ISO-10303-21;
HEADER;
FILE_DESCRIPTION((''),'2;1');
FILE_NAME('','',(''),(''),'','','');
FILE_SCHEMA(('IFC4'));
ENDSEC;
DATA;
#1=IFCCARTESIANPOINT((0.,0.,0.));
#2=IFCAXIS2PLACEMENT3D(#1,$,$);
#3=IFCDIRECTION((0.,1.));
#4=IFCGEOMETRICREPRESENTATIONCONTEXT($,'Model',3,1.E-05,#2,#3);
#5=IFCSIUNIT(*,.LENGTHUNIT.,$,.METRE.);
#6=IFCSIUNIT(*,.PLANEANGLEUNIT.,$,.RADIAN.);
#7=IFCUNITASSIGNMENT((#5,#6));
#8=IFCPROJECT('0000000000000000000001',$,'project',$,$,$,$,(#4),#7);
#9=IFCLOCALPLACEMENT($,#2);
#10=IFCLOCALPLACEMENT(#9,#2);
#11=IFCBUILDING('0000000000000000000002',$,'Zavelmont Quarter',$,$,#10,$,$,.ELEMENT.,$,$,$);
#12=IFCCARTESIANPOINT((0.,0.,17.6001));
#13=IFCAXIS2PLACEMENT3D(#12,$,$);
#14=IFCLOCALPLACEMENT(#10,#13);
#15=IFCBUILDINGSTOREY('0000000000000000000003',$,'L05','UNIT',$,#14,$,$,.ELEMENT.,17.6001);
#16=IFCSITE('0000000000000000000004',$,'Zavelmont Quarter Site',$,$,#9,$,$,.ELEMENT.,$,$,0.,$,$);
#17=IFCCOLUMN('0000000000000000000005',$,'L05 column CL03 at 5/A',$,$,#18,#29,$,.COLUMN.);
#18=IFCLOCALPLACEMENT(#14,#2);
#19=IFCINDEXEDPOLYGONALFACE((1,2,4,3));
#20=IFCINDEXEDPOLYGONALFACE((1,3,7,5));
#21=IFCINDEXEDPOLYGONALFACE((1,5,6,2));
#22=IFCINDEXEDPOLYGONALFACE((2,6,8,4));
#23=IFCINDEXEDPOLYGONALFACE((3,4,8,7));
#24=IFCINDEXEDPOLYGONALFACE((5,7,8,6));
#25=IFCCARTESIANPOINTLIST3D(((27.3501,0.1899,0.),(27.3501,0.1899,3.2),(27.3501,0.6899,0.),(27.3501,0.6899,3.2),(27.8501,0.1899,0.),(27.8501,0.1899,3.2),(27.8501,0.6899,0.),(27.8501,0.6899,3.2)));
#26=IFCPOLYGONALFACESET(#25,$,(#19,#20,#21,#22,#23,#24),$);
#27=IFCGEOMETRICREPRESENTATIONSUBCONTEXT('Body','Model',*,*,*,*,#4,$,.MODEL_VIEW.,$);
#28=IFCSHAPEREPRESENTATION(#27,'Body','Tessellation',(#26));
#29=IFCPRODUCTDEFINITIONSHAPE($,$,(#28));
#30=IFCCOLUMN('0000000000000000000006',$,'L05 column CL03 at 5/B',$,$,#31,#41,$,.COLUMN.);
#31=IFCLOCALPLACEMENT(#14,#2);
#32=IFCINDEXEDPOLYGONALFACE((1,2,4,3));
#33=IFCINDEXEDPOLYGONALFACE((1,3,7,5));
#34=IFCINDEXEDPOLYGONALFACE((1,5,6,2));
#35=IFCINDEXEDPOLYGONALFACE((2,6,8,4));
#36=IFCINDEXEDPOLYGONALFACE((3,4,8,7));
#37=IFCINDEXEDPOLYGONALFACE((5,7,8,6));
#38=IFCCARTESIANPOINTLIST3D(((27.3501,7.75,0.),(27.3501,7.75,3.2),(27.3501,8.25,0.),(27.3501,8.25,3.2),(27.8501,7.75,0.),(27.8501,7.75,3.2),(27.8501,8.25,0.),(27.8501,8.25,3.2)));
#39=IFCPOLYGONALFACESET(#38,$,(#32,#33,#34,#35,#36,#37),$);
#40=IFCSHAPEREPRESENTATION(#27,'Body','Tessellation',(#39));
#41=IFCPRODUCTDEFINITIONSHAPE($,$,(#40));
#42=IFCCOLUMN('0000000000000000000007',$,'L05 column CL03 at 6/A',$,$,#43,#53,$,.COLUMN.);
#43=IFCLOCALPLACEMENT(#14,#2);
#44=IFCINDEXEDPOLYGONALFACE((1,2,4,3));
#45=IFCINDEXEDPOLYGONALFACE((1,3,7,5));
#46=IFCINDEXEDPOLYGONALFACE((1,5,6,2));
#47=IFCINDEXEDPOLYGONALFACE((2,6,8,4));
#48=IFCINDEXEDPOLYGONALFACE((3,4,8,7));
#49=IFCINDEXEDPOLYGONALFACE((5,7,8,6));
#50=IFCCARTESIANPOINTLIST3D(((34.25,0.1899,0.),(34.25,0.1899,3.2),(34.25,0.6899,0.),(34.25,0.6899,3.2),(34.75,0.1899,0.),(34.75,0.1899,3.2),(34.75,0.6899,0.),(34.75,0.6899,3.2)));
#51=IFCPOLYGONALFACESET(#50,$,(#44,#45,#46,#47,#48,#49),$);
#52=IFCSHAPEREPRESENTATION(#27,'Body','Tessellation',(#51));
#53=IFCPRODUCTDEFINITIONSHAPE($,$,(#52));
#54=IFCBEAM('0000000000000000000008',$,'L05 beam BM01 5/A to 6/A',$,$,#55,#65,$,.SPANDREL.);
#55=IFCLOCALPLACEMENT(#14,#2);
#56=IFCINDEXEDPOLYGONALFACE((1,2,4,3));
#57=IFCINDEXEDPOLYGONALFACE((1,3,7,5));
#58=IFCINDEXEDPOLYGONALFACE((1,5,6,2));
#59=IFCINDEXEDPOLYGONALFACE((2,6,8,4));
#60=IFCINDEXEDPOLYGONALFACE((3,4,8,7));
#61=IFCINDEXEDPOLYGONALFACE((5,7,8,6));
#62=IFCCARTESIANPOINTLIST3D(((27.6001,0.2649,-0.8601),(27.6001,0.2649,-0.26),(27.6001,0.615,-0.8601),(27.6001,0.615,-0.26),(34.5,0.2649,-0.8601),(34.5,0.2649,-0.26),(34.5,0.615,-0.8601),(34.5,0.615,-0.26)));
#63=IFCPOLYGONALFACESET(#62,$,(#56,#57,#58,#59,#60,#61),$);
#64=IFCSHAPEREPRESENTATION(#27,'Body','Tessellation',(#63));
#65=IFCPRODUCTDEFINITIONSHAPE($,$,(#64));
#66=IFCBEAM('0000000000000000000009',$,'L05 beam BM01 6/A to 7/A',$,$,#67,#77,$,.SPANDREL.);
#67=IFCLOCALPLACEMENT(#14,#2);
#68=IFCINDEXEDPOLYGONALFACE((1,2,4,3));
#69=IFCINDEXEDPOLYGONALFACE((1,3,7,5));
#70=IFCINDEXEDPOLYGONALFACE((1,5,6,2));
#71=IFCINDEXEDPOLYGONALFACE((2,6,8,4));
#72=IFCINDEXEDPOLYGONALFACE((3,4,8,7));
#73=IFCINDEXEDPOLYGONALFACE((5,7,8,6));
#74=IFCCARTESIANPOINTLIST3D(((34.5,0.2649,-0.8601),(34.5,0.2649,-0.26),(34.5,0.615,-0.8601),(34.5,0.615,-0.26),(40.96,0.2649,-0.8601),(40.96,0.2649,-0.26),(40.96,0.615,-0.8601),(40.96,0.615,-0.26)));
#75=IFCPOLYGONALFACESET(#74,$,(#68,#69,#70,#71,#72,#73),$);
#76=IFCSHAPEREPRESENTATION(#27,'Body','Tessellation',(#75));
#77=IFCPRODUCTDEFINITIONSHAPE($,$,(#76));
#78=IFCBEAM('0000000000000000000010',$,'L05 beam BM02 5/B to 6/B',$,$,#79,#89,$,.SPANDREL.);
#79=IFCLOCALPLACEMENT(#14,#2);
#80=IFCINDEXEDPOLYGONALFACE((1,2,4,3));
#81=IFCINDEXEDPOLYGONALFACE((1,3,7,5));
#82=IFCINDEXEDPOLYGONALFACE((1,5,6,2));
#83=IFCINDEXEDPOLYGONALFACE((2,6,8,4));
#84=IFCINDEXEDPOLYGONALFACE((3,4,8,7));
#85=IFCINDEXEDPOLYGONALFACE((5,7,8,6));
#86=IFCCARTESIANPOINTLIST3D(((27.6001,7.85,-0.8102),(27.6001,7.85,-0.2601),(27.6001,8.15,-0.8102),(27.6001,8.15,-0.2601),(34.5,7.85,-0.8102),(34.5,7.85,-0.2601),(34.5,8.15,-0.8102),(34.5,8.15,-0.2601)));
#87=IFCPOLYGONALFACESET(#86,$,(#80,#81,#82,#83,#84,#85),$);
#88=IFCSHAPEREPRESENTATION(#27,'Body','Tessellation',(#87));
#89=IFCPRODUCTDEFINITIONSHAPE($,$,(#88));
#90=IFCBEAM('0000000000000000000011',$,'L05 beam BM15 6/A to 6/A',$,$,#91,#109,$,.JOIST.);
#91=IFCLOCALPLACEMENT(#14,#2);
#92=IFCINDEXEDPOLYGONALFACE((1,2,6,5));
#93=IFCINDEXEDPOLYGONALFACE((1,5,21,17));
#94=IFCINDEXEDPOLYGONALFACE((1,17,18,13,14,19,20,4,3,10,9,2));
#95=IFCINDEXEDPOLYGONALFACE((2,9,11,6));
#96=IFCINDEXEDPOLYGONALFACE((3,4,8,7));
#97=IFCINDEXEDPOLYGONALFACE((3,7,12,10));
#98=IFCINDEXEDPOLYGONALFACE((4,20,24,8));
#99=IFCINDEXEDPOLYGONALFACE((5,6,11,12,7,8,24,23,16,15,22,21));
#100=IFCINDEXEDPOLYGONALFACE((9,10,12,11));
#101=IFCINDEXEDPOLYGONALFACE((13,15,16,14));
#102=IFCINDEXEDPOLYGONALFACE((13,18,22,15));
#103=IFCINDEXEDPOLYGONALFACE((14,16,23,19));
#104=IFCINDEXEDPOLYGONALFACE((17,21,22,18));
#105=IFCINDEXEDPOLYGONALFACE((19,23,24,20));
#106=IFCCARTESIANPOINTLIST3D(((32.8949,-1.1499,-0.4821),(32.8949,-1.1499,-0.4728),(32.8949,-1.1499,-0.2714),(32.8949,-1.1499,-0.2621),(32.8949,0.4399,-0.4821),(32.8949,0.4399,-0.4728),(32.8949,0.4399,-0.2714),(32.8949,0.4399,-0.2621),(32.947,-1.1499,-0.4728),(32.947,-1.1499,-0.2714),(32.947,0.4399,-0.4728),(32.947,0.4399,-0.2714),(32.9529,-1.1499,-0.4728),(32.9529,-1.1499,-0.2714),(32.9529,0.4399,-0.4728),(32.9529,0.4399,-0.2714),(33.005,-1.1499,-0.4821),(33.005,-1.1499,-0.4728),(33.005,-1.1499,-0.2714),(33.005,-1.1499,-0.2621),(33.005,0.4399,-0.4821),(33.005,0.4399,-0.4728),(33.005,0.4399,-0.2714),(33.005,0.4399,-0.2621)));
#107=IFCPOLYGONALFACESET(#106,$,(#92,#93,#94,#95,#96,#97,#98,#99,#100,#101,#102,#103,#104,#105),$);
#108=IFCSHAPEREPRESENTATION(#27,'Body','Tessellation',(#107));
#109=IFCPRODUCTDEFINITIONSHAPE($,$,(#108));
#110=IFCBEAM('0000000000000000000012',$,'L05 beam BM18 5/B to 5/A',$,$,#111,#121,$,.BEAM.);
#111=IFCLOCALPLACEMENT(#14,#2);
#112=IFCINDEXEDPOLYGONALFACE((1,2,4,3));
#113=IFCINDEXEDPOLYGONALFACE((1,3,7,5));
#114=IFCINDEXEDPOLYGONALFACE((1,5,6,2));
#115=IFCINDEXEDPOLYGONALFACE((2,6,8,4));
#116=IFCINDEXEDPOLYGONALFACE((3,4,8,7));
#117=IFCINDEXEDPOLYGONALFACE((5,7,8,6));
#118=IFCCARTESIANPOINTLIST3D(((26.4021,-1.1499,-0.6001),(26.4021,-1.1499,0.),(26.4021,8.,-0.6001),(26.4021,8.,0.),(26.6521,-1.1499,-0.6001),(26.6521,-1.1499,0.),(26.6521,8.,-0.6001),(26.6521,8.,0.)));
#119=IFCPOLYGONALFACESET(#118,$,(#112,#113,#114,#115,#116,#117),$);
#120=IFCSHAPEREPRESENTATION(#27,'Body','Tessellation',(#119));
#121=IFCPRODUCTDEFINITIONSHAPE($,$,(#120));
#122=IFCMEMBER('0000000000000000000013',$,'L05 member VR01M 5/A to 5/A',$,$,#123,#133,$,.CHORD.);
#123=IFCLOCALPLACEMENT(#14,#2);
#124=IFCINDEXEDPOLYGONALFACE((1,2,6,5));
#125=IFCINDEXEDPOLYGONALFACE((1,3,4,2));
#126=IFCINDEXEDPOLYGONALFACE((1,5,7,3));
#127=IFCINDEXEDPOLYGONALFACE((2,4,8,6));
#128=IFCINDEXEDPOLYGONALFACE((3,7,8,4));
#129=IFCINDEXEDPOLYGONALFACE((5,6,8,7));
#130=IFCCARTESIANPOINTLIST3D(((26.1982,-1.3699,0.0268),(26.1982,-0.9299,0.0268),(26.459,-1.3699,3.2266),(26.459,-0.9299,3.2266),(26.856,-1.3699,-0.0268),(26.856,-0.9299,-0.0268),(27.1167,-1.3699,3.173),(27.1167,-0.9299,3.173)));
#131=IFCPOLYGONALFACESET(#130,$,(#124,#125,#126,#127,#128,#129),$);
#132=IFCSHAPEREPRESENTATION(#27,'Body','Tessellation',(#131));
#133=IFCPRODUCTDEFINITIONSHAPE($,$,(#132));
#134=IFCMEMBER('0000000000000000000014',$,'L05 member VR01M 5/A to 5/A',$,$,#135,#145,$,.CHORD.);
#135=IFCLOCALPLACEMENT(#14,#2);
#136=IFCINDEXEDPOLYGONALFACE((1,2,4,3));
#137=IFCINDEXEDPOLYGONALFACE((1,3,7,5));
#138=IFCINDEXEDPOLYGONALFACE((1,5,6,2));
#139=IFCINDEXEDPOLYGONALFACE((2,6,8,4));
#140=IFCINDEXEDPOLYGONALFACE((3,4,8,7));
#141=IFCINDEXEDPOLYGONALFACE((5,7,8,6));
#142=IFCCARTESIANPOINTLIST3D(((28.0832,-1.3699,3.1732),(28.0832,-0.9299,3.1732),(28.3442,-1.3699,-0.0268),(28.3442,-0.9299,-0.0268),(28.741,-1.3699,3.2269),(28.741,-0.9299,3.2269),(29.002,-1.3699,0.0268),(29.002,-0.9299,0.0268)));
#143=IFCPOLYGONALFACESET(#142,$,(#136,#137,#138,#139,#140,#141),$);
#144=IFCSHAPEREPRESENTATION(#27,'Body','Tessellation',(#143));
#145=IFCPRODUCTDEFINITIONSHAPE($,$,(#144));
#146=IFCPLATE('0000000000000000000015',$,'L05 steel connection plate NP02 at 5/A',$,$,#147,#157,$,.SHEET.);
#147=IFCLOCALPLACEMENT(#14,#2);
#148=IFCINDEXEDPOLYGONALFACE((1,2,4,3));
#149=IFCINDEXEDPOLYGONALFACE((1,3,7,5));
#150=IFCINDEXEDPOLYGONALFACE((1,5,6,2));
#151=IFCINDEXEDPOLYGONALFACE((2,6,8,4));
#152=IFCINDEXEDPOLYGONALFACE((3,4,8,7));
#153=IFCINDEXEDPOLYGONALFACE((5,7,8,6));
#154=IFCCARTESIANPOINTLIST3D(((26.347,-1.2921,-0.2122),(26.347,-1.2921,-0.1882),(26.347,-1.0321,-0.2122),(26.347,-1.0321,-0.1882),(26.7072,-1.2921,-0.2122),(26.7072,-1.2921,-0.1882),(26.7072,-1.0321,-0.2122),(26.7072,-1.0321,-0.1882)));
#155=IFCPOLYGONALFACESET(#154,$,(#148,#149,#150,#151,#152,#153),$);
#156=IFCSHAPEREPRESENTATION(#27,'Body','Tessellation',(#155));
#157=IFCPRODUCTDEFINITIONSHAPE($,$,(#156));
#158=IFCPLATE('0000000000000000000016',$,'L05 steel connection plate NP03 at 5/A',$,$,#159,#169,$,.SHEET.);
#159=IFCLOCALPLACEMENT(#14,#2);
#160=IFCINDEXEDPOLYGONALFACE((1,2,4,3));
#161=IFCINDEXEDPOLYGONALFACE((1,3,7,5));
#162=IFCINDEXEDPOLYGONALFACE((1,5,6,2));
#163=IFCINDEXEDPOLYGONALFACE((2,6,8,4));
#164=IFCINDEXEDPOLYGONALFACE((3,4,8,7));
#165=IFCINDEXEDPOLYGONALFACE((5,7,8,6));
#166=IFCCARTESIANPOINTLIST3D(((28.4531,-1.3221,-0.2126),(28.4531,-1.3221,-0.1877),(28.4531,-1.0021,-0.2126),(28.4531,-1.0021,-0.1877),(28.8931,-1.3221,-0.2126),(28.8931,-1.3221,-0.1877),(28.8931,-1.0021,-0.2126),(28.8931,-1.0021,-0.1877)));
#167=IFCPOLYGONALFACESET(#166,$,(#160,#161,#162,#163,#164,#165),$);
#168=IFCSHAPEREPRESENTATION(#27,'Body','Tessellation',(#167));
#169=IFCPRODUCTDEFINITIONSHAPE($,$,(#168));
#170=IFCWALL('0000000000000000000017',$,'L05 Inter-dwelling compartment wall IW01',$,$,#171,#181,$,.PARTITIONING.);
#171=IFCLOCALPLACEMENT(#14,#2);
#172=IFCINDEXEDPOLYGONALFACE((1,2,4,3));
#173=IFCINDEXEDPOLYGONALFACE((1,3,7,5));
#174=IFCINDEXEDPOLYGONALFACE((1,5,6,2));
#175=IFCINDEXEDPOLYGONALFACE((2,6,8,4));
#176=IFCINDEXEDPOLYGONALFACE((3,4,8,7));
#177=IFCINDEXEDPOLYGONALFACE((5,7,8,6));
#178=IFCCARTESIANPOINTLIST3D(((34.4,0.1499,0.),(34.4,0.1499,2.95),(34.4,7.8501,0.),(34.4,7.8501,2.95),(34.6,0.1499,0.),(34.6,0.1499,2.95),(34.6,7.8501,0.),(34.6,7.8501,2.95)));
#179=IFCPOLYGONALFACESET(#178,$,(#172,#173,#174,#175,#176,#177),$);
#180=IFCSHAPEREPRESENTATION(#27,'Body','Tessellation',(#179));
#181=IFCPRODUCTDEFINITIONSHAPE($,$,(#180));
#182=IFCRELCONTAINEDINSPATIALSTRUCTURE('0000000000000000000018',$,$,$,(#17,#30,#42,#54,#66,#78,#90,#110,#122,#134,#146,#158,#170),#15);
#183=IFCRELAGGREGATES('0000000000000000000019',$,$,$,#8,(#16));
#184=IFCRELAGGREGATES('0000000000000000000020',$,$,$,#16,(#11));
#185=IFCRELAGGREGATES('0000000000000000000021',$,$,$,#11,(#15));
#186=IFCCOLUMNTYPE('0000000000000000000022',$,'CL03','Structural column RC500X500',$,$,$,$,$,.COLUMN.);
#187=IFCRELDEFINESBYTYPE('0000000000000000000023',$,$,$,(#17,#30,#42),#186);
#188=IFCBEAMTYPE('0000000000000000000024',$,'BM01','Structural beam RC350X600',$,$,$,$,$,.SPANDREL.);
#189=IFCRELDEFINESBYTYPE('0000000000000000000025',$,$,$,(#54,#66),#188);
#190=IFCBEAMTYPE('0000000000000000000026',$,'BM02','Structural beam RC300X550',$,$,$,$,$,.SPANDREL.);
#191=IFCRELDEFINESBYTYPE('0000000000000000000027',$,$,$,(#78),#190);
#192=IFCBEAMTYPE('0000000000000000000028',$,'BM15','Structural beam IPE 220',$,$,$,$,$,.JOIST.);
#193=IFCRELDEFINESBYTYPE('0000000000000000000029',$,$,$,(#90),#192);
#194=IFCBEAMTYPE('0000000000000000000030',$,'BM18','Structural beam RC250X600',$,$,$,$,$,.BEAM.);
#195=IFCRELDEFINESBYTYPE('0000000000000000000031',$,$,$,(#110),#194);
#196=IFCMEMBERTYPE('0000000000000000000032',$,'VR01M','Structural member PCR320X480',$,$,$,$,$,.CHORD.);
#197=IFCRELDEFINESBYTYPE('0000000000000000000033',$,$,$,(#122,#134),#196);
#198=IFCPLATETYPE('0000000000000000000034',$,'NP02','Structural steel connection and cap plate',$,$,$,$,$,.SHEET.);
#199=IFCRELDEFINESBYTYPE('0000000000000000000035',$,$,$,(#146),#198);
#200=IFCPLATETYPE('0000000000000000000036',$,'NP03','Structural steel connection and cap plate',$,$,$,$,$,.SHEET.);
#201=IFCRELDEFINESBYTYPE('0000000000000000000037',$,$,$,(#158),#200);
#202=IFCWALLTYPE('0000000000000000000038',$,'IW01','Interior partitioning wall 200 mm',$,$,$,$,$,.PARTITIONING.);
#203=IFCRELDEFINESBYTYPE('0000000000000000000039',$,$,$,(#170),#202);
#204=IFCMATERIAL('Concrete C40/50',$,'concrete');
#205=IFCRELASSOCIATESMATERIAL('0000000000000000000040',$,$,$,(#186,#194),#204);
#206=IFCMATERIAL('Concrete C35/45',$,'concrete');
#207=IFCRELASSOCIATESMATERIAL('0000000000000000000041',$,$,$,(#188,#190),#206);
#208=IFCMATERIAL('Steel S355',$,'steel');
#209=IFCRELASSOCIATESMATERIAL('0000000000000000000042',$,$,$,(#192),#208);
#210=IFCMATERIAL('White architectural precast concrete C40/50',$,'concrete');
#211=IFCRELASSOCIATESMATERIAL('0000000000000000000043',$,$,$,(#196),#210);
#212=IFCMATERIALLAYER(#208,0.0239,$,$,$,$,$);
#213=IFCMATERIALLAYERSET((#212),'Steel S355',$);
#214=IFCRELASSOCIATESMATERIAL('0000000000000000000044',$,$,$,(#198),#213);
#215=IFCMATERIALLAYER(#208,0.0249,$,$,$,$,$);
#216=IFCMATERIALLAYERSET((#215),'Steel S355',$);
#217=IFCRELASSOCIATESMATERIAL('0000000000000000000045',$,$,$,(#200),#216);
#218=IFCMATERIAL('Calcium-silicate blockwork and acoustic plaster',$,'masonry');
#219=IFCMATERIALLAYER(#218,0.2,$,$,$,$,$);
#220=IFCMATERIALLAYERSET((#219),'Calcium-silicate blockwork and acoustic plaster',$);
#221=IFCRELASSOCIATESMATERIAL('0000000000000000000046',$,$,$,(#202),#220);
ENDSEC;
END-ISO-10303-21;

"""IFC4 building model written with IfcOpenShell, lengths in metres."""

from ifc_helpers import new_model, si_unit, direction, frame, frame_2d, origin, origin_2d, place, context, subcontext, project, spatial, rectangle, i_section, extrude, material, layer, layer_set, material_profile, profile_set, type_object, element, save


model = new_model("IFC4")

# Units and contexts
model_context = context("Model", 3, precision=1e-05, world=origin(), true_north=direction((0.0, 1.0)))
body_context = subcontext(model_context, "Body", "Model", "MODEL_VIEW")
ifc_project = project(units=[si_unit("LENGTHUNIT", "METRE"), si_unit("PLANEANGLEUNIT", "RADIAN")], contexts=[model_context])

# Site, building, storey
site_placement = place(None, origin())
site = spatial("IfcSite", under=ifc_project, at=site_placement, Name="Zavelmont Quarter Site", CompositionType="ELEMENT", RefElevation=0.0)
building_placement = place(site_placement, origin())
building = spatial("IfcBuilding", under=site, at=building_placement, Name="Zavelmont Quarter", CompositionType="ELEMENT")
storey_placement = place(building_placement, frame((0.0, 0.0, 17.6001)))
storey = spatial("IfcBuildingStorey", under=building, at=storey_placement, Name="L05", Description="UNIT", CompositionType="ELEMENT", Elevation=17.6001)

# Columns
ifc_material_1 = material(Name="Concrete C40/50", Category="concrete")
ifc_material_profile_1 = material_profile(ifc_material_1, rectangle(XDim=0.5, YDim=0.5, at=origin_2d()), Name="RC500X500")
ifc_profile_set_1 = profile_set([ifc_material_profile_1], Name="Concrete C40/50")
column_type = type_object("IfcColumnType", Name="CL03", Description="Structural column RC500X500", PredefinedType="COLUMN", material=ifc_profile_set_1)
for number, where, z_axis, x_axis, name in (
    (1, (27.6001, 0.4399, 0.0), (0.0, 0.0, 1.0), (1.0, 0.0, 0.0), "L05 column CL03 at 5/A"),
    (2, (27.6001, 8.0, 0.0), (0.0, 0.0, 1.0), (1.0, 0.0, 0.0), "L05 column CL03 at 5/B"),
    (3, (34.5, 0.4399, 0.0), (0.0, 0.0, 1.0), (1.0, 0.0, 0.0), "L05 column CL03 at 6/A"),
):
    element("IfcColumn", number, at=place(storey_placement, frame(where, z_axis=z_axis, x_axis=x_axis)), inside=storey, type_object=column_type, Name=name, PredefinedType="COLUMN", context=body_context, shape_type="SweptSolid", body=[
        extrude(rectangle(XDim=0.5, YDim=0.5, at=origin_2d()), origin(), (0.0, 0.0, 1.0), 3.2),
    ])

# Beams
ifc_material_2 = material(Name="Concrete C35/45", Category="concrete")
ifc_material_profile_2 = material_profile(ifc_material_2, rectangle(XDim=0.3501, YDim=0.6001, at=origin_2d()), Name="RC350X600")
ifc_profile_set_2 = profile_set([ifc_material_profile_2], Name="Concrete C35/45")
beam_type_1 = type_object("IfcBeamType", Name="BM01", Description="Structural beam RC350X600", PredefinedType="SPANDREL", material=ifc_profile_set_2)
beam_1_placement = place(storey_placement, frame((27.6001, 0.4399, -0.5601), z_axis=(1.0, 0.0, 0.0), x_axis=(0.0, 1.0, 0.0)))
element("IfcBeam", 4, at=beam_1_placement, inside=storey, type_object=beam_type_1, Name="L05 beam BM01 5/A to 6/A", PredefinedType="SPANDREL", context=body_context, shape_type="SweptSolid", body=[
    extrude(rectangle(XDim=0.3501, YDim=0.6001, at=origin_2d()), origin(), (0.0, 0.0, 1.0), 6.8999),
])
beam_2_placement = place(storey_placement, frame((34.5, 0.4399, -0.5601), z_axis=(1.0, 0.0, 0.0), x_axis=(0.0, 1.0, 0.0)))
element("IfcBeam", 5, at=beam_2_placement, inside=storey, type_object=beam_type_1, Name="L05 beam BM01 6/A to 7/A", PredefinedType="SPANDREL", context=body_context, shape_type="SweptSolid", body=[
    extrude(rectangle(XDim=0.3501, YDim=0.6001, at=origin_2d()), origin(), (0.0, 0.0, 1.0), 6.46),
])
ifc_material_profile_3 = material_profile(ifc_material_2, rectangle(XDim=0.3, YDim=0.55, at=origin_2d()), Name="RC300X550")
ifc_profile_set_3 = profile_set([ifc_material_profile_3], Name="Concrete C35/45")
beam_type_2 = type_object("IfcBeamType", Name="BM02", Description="Structural beam RC300X550", PredefinedType="SPANDREL", material=ifc_profile_set_3)
beam_3_placement = place(storey_placement, frame((27.6001, 8.0, -0.5352), z_axis=(1.0, 0.0, 0.0), x_axis=(0.0, 1.0, 0.0)))
element("IfcBeam", 6, at=beam_3_placement, inside=storey, type_object=beam_type_2, Name="L05 beam BM02 5/B to 6/B", PredefinedType="SPANDREL", context=body_context, shape_type="SweptSolid", body=[
    extrude(rectangle(XDim=0.3, YDim=0.55, at=origin_2d()), origin(), (0.0, 0.0, 1.0), 6.8999),
])
ifc_material_3 = material(Name="Steel S355", Category="steel")
ifc_material_profile_4 = material_profile(ifc_material_3, i_section(OverallWidth=0.1101, OverallDepth=0.22, WebThickness=0.0059, FlangeThickness=0.0093, at=origin_2d()), Name="IPE 220")
ifc_profile_set_4 = profile_set([ifc_material_profile_4], Name="Steel S355")
beam_type_3 = type_object("IfcBeamType", Name="BM15", Description="Structural beam IPE 220", PredefinedType="JOIST", material=ifc_profile_set_4)
beam_4_placement = place(storey_placement, frame((32.95, 0.4399, -0.3721), z_axis=(0.0, -1.0, 0.0), x_axis=(1.0, 0.0, 0.0)))
element("IfcBeam", 7, at=beam_4_placement, inside=storey, type_object=beam_type_3, Name="L05 beam BM15 6/A to 6/A", PredefinedType="JOIST", context=body_context, shape_type="SweptSolid", body=[
    extrude(i_section(OverallWidth=0.1101, OverallDepth=0.22, WebThickness=0.0059, FlangeThickness=0.0093, at=origin_2d()), origin(), (0.0, 0.0, 1.0), 1.5898),
])
ifc_material_profile_5 = material_profile(ifc_material_1, rectangle(XDim=0.25, YDim=0.6001, at=origin_2d()), Name="RC250X600")
ifc_profile_set_5 = profile_set([ifc_material_profile_5], Name="Concrete C40/50")
beam_type_4 = type_object("IfcBeamType", Name="BM18", Description="Structural beam RC250X600", PredefinedType="BEAM", material=ifc_profile_set_5)
beam_5_placement = place(storey_placement, frame((26.5271, 8.0, -0.3), z_axis=(0.0, -1.0, 0.0), x_axis=(1.0, 0.0, 0.0)))
element("IfcBeam", 8, at=beam_5_placement, inside=storey, type_object=beam_type_4, Name="L05 beam BM18 5/B to 5/A", PredefinedType="BEAM", context=body_context, shape_type="SweptSolid", body=[
    extrude(rectangle(XDim=0.25, YDim=0.6001, at=origin_2d()), origin(), (0.0, 0.0, 1.0), 9.1499),
])

# Members
ifc_material_4 = material(Name="White architectural precast concrete C40/50", Category="concrete")
ifc_material_profile_6 = material_profile(ifc_material_4, rectangle(XDim=0.4399, YDim=0.6599, at=origin_2d()), Name="PCR320X480")
ifc_profile_set_6 = profile_set([ifc_material_profile_6], Name="White architectural precast concrete C40/50")
member_type = type_object("IfcMemberType", Name="VR01M", Description="Structural member PCR320X480", PredefinedType="CHORD", material=ifc_profile_set_6)
member_1_placement = place(storey_placement, frame((26.5271, -1.1499, 0.0), z_axis=(0.081214, 0.0, 0.996697), x_axis=(0.0, 1.0, 0.0)))
element("IfcMember", 9, at=member_1_placement, inside=storey, type_object=member_type, Name="L05 member VR01M 5/A to 5/A", PredefinedType="CHORD", context=body_context, shape_type="SweptSolid", body=[
    extrude(rectangle(XDim=0.4399, YDim=0.6599, at=origin_2d()), origin(), (0.0, 0.0, 1.0), 3.2104),
])
member_2_placement = place(storey_placement, frame((28.6731, -1.1499, 0.0), z_axis=(-0.08129, 0.0, 0.996691), x_axis=(0.0, -1.0, 0.0)))
element("IfcMember", 10, at=member_2_placement, inside=storey, type_object=member_type, Name="L05 member VR01M 5/A to 5/A", PredefinedType="CHORD", context=body_context, shape_type="SweptSolid", body=[
    extrude(rectangle(XDim=0.4399, YDim=0.6599, at=origin_2d()), origin(), (0.0, 0.0, 1.0), 3.2107),
])

# Plates
ifc_layer_1 = layer(ifc_material_3, 0.0239)
ifc_layer_set_1 = layer_set([ifc_layer_1], Name="Steel S355")
plate_type_1 = type_object("IfcPlateType", Name="NP02", Description="Structural steel connection and cap plate", PredefinedType="SHEET", material=ifc_layer_set_1)
plate_1_placement = place(storey_placement, frame((26.5271, -1.1621, -0.2122), z_axis=(0.0, 0.0, 1.0), x_axis=(1.0, 0.0, 0.0)))
element("IfcPlate", 11, at=plate_1_placement, inside=storey, type_object=plate_type_1, Name="L05 steel connection plate NP02 at 5/A", PredefinedType="SHEET", context=body_context, shape_type="SweptSolid", body=[
    extrude(rectangle(XDim=0.3601, YDim=0.26, at=origin_2d()), origin(), (0.0, 0.0, 1.0), 0.0239),
])
ifc_layer_2 = layer(ifc_material_3, 0.0249)
ifc_layer_set_2 = layer_set([ifc_layer_2], Name="Steel S355")
plate_type_2 = type_object("IfcPlateType", Name="NP03", Description="Structural steel connection and cap plate", PredefinedType="SHEET", material=ifc_layer_set_2)
plate_2_placement = place(storey_placement, frame((28.6731, -1.1621, -0.2126), z_axis=(0.0, 0.0, 1.0), x_axis=(1.0, 0.0, 0.0)))
element("IfcPlate", 12, at=plate_2_placement, inside=storey, type_object=plate_type_2, Name="L05 steel connection plate NP03 at 5/A", PredefinedType="SHEET", context=body_context, shape_type="SweptSolid", body=[
    extrude(rectangle(XDim=0.4399, YDim=0.3201, at=origin_2d()), origin(), (0.0, 0.0, 1.0), 0.0249),
])

# Wall
ifc_material_5 = material(Name="Calcium-silicate blockwork and acoustic plaster", Category="masonry")
ifc_layer_3 = layer(ifc_material_5, 0.2)
ifc_layer_set_3 = layer_set([ifc_layer_3], Name="Calcium-silicate blockwork and acoustic plaster")
wall_type_1 = type_object("IfcWallType", Name="IW01", Description="Interior partitioning wall 200 mm", PredefinedType="PARTITIONING", material=ifc_layer_set_3)
wall_1_placement = place(storey_placement, frame((34.5, 7.8501, 0.0), z_axis=(0.0, 0.0, 1.0), x_axis=(0.0, -1.0, 0.0)))
element("IfcWall", 13, at=wall_1_placement, inside=storey, type_object=wall_type_1, Name="L05 Inter-dwelling compartment wall IW01", PredefinedType="PARTITIONING", context=body_context, shape_type="SweptSolid", body=[
    extrude(rectangle(XDim=7.7002, YDim=0.2, at=frame_2d((3.8501, 0.0))), origin(), (0.0, 0.0, 1.0), 2.95),
])

save(model, "model.ifc")
